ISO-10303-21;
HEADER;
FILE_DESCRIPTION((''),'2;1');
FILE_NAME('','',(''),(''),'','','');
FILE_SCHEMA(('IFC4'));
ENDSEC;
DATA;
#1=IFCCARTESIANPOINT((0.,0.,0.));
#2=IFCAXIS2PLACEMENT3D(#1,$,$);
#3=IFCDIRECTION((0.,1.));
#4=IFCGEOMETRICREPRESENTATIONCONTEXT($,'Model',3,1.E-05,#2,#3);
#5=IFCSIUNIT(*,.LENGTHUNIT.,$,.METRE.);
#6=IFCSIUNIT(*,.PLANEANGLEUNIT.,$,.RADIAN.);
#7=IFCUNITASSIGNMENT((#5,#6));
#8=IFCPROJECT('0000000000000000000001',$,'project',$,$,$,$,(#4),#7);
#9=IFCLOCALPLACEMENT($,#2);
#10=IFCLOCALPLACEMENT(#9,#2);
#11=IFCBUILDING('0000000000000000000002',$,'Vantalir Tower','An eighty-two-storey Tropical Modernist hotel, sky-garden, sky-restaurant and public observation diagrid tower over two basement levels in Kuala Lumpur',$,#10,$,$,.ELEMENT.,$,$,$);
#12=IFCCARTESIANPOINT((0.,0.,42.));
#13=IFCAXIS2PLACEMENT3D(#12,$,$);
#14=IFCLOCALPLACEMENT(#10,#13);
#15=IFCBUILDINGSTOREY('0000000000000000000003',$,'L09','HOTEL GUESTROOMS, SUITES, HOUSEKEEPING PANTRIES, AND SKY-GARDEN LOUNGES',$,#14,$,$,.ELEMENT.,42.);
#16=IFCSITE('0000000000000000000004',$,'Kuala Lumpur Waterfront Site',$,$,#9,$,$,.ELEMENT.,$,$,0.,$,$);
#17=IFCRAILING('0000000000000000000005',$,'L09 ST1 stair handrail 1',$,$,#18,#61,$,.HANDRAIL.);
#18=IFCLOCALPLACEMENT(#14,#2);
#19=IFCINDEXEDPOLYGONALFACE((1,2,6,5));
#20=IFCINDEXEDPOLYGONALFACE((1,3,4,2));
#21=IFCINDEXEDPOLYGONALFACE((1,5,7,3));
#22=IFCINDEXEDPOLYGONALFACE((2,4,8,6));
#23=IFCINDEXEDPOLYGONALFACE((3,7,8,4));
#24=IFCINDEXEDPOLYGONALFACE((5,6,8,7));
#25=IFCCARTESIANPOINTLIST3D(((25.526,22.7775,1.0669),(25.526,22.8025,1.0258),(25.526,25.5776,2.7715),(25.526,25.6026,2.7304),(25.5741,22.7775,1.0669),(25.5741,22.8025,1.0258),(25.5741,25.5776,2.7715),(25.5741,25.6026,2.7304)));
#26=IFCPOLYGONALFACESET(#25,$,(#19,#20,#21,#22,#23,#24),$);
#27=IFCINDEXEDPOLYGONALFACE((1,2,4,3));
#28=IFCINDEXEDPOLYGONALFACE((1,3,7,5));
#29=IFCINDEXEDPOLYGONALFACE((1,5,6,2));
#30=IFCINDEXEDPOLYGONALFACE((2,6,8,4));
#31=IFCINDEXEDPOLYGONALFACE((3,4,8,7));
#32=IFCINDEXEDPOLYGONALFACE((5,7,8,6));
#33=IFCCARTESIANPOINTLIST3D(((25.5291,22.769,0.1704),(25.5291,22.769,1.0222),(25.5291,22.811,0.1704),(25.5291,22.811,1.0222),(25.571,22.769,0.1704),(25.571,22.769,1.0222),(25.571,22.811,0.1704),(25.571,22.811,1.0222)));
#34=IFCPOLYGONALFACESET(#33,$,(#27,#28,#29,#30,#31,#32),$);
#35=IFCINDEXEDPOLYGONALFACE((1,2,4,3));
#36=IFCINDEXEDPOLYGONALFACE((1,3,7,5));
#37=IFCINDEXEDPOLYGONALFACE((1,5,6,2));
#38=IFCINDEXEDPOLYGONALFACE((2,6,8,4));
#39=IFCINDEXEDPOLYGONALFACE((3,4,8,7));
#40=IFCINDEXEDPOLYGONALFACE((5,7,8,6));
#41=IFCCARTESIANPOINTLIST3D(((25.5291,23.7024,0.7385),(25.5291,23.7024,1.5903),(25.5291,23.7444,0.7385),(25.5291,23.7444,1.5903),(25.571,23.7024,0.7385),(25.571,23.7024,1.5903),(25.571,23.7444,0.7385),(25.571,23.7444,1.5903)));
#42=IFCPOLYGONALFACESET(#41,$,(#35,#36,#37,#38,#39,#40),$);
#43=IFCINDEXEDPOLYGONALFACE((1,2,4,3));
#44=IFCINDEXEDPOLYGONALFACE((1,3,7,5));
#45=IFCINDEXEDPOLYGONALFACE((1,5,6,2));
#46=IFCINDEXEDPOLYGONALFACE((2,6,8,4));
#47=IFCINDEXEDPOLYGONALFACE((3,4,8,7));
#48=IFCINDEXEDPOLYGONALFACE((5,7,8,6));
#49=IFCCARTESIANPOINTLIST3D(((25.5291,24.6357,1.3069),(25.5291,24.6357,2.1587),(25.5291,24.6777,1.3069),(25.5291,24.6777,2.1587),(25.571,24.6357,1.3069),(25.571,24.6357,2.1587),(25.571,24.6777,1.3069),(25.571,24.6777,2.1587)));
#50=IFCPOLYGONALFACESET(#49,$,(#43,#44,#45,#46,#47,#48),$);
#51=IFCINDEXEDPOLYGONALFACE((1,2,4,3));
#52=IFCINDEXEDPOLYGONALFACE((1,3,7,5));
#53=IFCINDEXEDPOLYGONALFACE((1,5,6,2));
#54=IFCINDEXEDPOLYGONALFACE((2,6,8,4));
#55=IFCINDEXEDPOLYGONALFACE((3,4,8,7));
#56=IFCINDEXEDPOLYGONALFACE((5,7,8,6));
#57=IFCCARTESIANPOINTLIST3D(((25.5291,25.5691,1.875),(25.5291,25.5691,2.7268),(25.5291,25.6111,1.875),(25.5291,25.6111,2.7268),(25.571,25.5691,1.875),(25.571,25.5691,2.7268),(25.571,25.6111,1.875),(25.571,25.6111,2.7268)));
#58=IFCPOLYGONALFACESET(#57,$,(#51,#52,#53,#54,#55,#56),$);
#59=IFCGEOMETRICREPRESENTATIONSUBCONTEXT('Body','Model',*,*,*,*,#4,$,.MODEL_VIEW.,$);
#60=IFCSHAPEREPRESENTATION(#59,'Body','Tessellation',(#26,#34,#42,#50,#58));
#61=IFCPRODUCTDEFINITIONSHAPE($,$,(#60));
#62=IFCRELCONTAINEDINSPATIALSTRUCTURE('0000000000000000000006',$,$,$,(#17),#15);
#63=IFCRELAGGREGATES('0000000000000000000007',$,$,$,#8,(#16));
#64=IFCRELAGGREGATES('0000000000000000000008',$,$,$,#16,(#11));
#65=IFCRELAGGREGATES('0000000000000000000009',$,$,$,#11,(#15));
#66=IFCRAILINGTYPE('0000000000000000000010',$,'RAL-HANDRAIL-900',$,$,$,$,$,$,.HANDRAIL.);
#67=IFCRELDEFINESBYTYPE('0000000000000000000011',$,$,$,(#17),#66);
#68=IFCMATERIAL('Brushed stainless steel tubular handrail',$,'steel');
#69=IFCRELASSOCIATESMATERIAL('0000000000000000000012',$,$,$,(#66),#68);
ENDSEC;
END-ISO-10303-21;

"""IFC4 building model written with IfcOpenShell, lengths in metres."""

from ifc_helpers import new_model, si_unit, direction, frame, origin, origin_2d, place, context, subcontext, project, spatial, rectangle, extrude, material, type_object, element, save


model = new_model("IFC4")

# Units and contexts
model_context = context("Model", 3, precision=1e-05, world=origin(), true_north=direction((0.0, 1.0)))
body_context = subcontext(model_context, "Body", "Model", "MODEL_VIEW")
ifc_project = project(units=[si_unit("LENGTHUNIT", "METRE"), si_unit("PLANEANGLEUNIT", "RADIAN")], contexts=[model_context])

# Site, building, storey
site_placement = place(None, origin())
site = spatial("IfcSite", under=ifc_project, at=site_placement, Name="Kuala Lumpur Waterfront Site", CompositionType="ELEMENT", RefElevation=0.0)
building_placement = place(site_placement, origin())
building = spatial("IfcBuilding", under=site, at=building_placement, Name="Vantalir Tower", Description="An eighty-two-storey Tropical Modernist hotel, sky-garden, sky-restaurant and public observation diagrid tower over two basement levels in Kuala Lumpur", CompositionType="ELEMENT")
storey_placement = place(building_placement, frame((0.0, 0.0, 42.0)))
storey = spatial("IfcBuildingStorey", under=building, at=storey_placement, Name="L09", Description="HOTEL GUESTROOMS, SUITES, HOUSEKEEPING PANTRIES, AND SKY-GARDEN LOUNGES", CompositionType="ELEMENT", Elevation=42.0)

# Railing
ifc_material_1 = material(Name="Brushed stainless steel tubular handrail", Category="steel")
railing_type_1 = type_object("IfcRailingType", Name="RAL-HANDRAIL-900", PredefinedType="HANDRAIL", material=ifc_material_1)
railing_1_placement = place(storey_placement, frame((25.55, 22.79, 0.1704)))
element("IfcRailing", 1, at=railing_1_placement, inside=storey, type_object=railing_type_1, Name="L09 ST1 stair handrail 1", PredefinedType="HANDRAIL", context=body_context, shape_type="SweptSolid", body=[
    extrude(rectangle(XDim=0.0481, YDim=0.0481, at=origin_2d()), frame((0.0, 0.0, 0.876), z_axis=(0.0, 0.85417, 0.519994), x_axis=(-1.0, 0.0, 0.0)), (0.0, 0.0, 1.0), 3.2781),
    extrude(rectangle(XDim=0.042, YDim=0.042, at=origin_2d()), origin(), (0.0, 0.0, 1.0), 0.8518),
    extrude(rectangle(XDim=0.042, YDim=0.042, at=origin_2d()), frame((0.0, 0.9333, 0.5681)), (0.0, 0.0, 1.0), 0.8518),
    extrude(rectangle(XDim=0.042, YDim=0.042, at=origin_2d()), frame((0.0, 1.8667, 1.1365)), (0.0, 0.0, 1.0), 0.8518),
    extrude(rectangle(XDim=0.042, YDim=0.042, at=origin_2d()), frame((0.0, 2.8, 1.7046)), (0.0, 0.0, 1.0), 0.8518),
])

save(model, "model.ifc")
